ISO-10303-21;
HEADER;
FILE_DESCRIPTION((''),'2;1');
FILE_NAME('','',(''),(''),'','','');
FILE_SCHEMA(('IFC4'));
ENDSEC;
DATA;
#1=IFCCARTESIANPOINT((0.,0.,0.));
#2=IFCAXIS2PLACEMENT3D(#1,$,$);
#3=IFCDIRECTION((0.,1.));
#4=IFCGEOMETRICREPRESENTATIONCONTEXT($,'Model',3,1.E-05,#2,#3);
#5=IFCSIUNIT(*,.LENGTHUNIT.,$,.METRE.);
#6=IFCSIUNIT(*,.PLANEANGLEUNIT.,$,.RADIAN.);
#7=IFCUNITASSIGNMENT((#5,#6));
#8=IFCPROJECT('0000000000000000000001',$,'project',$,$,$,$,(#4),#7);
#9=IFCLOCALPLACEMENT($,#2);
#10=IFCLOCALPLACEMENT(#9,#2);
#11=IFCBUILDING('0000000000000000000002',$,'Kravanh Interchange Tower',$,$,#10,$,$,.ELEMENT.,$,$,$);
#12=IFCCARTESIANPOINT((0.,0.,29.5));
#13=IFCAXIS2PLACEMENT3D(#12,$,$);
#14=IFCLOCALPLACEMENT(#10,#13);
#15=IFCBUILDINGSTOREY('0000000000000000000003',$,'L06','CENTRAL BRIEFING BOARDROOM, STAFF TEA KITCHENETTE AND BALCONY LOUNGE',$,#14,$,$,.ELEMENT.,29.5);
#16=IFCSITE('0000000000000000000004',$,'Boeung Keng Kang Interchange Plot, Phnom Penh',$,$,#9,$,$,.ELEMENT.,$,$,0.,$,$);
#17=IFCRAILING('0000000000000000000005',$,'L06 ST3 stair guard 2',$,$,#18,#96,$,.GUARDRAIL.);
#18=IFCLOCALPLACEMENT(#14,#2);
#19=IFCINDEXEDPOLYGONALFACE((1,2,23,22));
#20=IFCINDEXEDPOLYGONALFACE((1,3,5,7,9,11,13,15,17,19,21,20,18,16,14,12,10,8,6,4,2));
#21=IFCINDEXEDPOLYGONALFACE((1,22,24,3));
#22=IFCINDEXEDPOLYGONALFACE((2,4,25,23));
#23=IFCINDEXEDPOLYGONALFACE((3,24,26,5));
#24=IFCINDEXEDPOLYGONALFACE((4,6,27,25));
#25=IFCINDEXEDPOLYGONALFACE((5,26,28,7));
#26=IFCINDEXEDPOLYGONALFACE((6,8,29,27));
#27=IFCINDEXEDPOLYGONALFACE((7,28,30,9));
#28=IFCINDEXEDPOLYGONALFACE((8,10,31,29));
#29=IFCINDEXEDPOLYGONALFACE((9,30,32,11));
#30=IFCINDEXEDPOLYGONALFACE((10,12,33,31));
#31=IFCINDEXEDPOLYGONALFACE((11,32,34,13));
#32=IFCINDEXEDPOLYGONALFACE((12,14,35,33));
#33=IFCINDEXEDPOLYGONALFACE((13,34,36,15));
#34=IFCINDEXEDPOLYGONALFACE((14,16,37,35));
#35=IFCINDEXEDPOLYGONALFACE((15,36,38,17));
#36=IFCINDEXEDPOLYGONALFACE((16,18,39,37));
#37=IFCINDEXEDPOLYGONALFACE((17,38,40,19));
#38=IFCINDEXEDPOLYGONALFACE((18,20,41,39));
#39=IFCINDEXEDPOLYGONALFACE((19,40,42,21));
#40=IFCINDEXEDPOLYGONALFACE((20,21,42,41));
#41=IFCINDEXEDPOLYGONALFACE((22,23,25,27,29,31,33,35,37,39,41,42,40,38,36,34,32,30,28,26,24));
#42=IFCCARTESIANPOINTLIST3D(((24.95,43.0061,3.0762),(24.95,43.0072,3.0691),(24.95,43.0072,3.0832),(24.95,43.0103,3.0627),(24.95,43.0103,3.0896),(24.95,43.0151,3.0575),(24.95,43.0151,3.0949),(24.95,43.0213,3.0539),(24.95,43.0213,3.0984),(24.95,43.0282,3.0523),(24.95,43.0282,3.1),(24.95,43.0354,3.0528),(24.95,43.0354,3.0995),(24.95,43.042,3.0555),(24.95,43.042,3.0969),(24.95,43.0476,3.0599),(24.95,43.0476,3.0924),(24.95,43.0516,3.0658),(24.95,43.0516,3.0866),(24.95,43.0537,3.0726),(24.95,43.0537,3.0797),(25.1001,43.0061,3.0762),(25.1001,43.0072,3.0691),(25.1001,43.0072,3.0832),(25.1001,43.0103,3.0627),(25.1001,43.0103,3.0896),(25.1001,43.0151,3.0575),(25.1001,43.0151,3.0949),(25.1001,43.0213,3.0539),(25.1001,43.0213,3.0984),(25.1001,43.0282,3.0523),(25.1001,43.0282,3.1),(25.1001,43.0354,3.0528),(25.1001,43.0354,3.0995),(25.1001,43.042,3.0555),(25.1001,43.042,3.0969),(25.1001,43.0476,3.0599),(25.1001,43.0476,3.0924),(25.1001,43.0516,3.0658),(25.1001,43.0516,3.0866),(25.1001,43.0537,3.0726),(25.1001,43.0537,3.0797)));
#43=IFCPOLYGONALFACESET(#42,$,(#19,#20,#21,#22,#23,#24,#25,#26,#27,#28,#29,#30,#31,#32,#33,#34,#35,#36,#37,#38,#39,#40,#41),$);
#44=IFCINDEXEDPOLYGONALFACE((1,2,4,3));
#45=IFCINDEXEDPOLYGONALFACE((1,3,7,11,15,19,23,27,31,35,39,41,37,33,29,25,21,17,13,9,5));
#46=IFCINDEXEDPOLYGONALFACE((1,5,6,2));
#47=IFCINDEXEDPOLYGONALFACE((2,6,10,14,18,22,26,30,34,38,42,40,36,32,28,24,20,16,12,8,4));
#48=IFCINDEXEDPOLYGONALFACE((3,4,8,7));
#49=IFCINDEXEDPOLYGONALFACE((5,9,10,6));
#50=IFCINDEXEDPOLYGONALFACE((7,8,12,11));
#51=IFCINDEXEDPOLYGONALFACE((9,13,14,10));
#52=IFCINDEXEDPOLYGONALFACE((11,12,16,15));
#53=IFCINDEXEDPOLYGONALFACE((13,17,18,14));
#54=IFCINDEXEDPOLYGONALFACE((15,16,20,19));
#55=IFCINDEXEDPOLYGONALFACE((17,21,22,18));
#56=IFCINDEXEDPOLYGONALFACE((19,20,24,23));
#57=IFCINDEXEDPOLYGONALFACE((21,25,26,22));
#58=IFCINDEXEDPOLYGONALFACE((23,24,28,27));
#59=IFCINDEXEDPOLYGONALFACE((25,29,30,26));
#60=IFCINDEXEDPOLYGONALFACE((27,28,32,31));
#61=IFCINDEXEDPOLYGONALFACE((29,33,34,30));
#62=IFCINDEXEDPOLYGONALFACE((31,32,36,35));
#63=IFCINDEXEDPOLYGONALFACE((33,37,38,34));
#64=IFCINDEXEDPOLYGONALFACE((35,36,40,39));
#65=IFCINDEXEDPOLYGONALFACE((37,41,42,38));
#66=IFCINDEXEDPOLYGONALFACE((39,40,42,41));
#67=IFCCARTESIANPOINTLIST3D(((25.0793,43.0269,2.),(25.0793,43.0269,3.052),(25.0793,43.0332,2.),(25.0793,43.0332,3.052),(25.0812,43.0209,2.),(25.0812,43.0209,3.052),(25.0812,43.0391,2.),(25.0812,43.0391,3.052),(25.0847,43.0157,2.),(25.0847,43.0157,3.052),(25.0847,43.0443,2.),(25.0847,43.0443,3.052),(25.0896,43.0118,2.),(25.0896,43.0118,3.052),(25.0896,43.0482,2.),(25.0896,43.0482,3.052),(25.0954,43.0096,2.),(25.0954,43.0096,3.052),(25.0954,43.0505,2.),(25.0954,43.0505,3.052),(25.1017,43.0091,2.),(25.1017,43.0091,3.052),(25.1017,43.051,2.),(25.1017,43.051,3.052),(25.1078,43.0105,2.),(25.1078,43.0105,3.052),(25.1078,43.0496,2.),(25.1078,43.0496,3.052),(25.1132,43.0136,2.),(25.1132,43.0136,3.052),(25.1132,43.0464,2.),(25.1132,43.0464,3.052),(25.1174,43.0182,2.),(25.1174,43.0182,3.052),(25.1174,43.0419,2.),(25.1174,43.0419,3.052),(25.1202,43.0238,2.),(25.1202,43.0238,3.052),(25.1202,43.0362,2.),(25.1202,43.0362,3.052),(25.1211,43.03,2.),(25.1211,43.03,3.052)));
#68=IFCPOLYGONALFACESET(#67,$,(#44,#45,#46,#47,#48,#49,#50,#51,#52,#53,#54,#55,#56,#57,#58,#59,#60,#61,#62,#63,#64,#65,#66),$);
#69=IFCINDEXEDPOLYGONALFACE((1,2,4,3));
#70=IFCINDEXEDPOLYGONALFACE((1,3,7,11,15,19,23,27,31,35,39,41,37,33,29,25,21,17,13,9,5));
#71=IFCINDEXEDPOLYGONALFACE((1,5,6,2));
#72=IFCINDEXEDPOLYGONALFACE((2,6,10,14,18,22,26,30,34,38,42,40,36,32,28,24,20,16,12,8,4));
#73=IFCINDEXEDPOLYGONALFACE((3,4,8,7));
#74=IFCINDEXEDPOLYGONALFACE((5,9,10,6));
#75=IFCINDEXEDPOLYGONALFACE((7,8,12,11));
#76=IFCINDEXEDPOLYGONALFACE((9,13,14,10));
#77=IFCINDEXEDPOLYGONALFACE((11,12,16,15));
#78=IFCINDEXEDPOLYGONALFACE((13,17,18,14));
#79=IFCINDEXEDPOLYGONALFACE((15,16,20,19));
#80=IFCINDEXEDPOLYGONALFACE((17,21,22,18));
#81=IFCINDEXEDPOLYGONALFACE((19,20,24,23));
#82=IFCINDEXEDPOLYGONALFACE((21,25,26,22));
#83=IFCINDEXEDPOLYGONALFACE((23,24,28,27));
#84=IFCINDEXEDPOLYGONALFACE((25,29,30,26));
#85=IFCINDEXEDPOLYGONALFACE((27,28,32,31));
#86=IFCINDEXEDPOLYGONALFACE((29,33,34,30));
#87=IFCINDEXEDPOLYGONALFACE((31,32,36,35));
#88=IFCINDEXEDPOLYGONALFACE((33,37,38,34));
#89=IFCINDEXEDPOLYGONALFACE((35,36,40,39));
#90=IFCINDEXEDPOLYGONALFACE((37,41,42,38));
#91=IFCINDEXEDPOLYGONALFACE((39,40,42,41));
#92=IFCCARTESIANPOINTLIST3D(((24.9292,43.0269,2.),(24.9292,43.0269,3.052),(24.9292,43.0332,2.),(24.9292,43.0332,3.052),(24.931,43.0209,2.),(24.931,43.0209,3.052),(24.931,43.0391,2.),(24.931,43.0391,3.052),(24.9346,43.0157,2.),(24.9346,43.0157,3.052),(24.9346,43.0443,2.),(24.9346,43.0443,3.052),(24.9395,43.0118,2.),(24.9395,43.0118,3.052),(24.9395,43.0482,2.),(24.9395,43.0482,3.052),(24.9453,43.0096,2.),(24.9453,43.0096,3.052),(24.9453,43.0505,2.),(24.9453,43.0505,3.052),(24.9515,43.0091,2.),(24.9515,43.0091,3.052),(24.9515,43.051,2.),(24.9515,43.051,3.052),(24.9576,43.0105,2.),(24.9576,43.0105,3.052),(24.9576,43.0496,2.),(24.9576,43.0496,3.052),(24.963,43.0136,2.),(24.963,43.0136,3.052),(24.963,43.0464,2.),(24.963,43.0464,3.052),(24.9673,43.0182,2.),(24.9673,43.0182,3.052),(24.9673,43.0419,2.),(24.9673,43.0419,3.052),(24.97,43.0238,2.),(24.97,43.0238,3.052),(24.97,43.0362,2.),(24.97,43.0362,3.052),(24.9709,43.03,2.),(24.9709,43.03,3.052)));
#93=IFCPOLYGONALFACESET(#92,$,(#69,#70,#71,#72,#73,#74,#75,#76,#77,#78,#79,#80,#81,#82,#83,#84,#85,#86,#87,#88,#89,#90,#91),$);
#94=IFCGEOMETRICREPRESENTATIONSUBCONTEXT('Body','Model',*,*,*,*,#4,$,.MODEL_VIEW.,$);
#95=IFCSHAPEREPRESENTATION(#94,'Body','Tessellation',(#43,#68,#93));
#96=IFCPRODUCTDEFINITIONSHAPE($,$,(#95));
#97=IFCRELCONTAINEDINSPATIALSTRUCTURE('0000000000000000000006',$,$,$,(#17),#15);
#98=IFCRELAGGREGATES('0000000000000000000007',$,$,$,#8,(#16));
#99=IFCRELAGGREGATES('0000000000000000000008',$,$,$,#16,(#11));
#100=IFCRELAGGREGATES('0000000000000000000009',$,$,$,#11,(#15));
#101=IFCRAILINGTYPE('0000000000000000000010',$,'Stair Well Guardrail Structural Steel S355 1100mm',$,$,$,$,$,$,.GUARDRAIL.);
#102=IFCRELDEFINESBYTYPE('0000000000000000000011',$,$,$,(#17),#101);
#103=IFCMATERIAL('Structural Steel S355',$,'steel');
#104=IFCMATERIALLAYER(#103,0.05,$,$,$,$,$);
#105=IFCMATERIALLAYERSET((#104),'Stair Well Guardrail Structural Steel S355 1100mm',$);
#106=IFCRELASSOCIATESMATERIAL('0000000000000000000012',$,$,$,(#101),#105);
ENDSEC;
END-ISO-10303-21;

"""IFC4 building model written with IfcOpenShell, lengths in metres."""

from ifc_helpers import new_model, si_unit, direction, frame, origin, origin_2d, place, context, subcontext, project, spatial, circle, extrude, material, layer, layer_set, type_object, element, save


model = new_model("IFC4")

# Units and contexts
model_context = context("Model", 3, precision=1e-05, world=origin(), true_north=direction((0.0, 1.0)))
body_context = subcontext(model_context, "Body", "Model", "MODEL_VIEW")
ifc_project = project(units=[si_unit("LENGTHUNIT", "METRE"), si_unit("PLANEANGLEUNIT", "RADIAN")], contexts=[model_context])

# Site, building, storey
site_placement = place(None, origin())
site = spatial("IfcSite", under=ifc_project, at=site_placement, Name="Boeung Keng Kang Interchange Plot, Phnom Penh", CompositionType="ELEMENT", RefElevation=0.0)
building_placement = place(site_placement, origin())
building = spatial("IfcBuilding", under=site, at=building_placement, Name="Kravanh Interchange Tower", CompositionType="ELEMENT")
storey_placement = place(building_placement, frame((0.0, 0.0, 29.5)))
storey = spatial("IfcBuildingStorey", under=building, at=storey_placement, Name="L06", Description="CENTRAL BRIEFING BOARDROOM, STAFF TEA KITCHENETTE AND BALCONY LOUNGE", CompositionType="ELEMENT", Elevation=29.5)

# Railing
ifc_material_1 = material(Name="Structural Steel S355", Category="steel")
ifc_layer_1 = layer(ifc_material_1, 0.05)
ifc_layer_set_1 = layer_set([ifc_layer_1], Name="Stair Well Guardrail Structural Steel S355 1100mm")
railing_type_1 = type_object("IfcRailingType", Name="Stair Well Guardrail Structural Steel S355 1100mm", PredefinedType="GUARDRAIL", material=ifc_layer_set_1)
railing_1_placement = place(storey_placement, frame((25.1001, 43.03, 2.0)))
element("IfcRailing", 1, at=railing_1_placement, inside=storey, type_object=railing_type_1, Name="L06 ST3 stair guard 2", PredefinedType="GUARDRAIL", context=body_context, shape_type="SweptSolid", body=[
    extrude(circle(Radius=0.0239, at=origin_2d()), frame((0.0, 0.0, 1.0762), z_axis=(-1.0, 0.0, 0.0), x_axis=(0.0, -1.0, 0.0)), (0.0, 0.0, 1.0), 0.1501),
    extrude(circle(Radius=0.021, at=origin_2d()), origin(), (0.0, 0.0, 1.0), 1.052),
    extrude(circle(Radius=0.021, at=origin_2d()), frame((-0.1501, 0.0, 0.0)), (0.0, 0.0, 1.0), 1.052),
])

save(model, "model.ifc")
